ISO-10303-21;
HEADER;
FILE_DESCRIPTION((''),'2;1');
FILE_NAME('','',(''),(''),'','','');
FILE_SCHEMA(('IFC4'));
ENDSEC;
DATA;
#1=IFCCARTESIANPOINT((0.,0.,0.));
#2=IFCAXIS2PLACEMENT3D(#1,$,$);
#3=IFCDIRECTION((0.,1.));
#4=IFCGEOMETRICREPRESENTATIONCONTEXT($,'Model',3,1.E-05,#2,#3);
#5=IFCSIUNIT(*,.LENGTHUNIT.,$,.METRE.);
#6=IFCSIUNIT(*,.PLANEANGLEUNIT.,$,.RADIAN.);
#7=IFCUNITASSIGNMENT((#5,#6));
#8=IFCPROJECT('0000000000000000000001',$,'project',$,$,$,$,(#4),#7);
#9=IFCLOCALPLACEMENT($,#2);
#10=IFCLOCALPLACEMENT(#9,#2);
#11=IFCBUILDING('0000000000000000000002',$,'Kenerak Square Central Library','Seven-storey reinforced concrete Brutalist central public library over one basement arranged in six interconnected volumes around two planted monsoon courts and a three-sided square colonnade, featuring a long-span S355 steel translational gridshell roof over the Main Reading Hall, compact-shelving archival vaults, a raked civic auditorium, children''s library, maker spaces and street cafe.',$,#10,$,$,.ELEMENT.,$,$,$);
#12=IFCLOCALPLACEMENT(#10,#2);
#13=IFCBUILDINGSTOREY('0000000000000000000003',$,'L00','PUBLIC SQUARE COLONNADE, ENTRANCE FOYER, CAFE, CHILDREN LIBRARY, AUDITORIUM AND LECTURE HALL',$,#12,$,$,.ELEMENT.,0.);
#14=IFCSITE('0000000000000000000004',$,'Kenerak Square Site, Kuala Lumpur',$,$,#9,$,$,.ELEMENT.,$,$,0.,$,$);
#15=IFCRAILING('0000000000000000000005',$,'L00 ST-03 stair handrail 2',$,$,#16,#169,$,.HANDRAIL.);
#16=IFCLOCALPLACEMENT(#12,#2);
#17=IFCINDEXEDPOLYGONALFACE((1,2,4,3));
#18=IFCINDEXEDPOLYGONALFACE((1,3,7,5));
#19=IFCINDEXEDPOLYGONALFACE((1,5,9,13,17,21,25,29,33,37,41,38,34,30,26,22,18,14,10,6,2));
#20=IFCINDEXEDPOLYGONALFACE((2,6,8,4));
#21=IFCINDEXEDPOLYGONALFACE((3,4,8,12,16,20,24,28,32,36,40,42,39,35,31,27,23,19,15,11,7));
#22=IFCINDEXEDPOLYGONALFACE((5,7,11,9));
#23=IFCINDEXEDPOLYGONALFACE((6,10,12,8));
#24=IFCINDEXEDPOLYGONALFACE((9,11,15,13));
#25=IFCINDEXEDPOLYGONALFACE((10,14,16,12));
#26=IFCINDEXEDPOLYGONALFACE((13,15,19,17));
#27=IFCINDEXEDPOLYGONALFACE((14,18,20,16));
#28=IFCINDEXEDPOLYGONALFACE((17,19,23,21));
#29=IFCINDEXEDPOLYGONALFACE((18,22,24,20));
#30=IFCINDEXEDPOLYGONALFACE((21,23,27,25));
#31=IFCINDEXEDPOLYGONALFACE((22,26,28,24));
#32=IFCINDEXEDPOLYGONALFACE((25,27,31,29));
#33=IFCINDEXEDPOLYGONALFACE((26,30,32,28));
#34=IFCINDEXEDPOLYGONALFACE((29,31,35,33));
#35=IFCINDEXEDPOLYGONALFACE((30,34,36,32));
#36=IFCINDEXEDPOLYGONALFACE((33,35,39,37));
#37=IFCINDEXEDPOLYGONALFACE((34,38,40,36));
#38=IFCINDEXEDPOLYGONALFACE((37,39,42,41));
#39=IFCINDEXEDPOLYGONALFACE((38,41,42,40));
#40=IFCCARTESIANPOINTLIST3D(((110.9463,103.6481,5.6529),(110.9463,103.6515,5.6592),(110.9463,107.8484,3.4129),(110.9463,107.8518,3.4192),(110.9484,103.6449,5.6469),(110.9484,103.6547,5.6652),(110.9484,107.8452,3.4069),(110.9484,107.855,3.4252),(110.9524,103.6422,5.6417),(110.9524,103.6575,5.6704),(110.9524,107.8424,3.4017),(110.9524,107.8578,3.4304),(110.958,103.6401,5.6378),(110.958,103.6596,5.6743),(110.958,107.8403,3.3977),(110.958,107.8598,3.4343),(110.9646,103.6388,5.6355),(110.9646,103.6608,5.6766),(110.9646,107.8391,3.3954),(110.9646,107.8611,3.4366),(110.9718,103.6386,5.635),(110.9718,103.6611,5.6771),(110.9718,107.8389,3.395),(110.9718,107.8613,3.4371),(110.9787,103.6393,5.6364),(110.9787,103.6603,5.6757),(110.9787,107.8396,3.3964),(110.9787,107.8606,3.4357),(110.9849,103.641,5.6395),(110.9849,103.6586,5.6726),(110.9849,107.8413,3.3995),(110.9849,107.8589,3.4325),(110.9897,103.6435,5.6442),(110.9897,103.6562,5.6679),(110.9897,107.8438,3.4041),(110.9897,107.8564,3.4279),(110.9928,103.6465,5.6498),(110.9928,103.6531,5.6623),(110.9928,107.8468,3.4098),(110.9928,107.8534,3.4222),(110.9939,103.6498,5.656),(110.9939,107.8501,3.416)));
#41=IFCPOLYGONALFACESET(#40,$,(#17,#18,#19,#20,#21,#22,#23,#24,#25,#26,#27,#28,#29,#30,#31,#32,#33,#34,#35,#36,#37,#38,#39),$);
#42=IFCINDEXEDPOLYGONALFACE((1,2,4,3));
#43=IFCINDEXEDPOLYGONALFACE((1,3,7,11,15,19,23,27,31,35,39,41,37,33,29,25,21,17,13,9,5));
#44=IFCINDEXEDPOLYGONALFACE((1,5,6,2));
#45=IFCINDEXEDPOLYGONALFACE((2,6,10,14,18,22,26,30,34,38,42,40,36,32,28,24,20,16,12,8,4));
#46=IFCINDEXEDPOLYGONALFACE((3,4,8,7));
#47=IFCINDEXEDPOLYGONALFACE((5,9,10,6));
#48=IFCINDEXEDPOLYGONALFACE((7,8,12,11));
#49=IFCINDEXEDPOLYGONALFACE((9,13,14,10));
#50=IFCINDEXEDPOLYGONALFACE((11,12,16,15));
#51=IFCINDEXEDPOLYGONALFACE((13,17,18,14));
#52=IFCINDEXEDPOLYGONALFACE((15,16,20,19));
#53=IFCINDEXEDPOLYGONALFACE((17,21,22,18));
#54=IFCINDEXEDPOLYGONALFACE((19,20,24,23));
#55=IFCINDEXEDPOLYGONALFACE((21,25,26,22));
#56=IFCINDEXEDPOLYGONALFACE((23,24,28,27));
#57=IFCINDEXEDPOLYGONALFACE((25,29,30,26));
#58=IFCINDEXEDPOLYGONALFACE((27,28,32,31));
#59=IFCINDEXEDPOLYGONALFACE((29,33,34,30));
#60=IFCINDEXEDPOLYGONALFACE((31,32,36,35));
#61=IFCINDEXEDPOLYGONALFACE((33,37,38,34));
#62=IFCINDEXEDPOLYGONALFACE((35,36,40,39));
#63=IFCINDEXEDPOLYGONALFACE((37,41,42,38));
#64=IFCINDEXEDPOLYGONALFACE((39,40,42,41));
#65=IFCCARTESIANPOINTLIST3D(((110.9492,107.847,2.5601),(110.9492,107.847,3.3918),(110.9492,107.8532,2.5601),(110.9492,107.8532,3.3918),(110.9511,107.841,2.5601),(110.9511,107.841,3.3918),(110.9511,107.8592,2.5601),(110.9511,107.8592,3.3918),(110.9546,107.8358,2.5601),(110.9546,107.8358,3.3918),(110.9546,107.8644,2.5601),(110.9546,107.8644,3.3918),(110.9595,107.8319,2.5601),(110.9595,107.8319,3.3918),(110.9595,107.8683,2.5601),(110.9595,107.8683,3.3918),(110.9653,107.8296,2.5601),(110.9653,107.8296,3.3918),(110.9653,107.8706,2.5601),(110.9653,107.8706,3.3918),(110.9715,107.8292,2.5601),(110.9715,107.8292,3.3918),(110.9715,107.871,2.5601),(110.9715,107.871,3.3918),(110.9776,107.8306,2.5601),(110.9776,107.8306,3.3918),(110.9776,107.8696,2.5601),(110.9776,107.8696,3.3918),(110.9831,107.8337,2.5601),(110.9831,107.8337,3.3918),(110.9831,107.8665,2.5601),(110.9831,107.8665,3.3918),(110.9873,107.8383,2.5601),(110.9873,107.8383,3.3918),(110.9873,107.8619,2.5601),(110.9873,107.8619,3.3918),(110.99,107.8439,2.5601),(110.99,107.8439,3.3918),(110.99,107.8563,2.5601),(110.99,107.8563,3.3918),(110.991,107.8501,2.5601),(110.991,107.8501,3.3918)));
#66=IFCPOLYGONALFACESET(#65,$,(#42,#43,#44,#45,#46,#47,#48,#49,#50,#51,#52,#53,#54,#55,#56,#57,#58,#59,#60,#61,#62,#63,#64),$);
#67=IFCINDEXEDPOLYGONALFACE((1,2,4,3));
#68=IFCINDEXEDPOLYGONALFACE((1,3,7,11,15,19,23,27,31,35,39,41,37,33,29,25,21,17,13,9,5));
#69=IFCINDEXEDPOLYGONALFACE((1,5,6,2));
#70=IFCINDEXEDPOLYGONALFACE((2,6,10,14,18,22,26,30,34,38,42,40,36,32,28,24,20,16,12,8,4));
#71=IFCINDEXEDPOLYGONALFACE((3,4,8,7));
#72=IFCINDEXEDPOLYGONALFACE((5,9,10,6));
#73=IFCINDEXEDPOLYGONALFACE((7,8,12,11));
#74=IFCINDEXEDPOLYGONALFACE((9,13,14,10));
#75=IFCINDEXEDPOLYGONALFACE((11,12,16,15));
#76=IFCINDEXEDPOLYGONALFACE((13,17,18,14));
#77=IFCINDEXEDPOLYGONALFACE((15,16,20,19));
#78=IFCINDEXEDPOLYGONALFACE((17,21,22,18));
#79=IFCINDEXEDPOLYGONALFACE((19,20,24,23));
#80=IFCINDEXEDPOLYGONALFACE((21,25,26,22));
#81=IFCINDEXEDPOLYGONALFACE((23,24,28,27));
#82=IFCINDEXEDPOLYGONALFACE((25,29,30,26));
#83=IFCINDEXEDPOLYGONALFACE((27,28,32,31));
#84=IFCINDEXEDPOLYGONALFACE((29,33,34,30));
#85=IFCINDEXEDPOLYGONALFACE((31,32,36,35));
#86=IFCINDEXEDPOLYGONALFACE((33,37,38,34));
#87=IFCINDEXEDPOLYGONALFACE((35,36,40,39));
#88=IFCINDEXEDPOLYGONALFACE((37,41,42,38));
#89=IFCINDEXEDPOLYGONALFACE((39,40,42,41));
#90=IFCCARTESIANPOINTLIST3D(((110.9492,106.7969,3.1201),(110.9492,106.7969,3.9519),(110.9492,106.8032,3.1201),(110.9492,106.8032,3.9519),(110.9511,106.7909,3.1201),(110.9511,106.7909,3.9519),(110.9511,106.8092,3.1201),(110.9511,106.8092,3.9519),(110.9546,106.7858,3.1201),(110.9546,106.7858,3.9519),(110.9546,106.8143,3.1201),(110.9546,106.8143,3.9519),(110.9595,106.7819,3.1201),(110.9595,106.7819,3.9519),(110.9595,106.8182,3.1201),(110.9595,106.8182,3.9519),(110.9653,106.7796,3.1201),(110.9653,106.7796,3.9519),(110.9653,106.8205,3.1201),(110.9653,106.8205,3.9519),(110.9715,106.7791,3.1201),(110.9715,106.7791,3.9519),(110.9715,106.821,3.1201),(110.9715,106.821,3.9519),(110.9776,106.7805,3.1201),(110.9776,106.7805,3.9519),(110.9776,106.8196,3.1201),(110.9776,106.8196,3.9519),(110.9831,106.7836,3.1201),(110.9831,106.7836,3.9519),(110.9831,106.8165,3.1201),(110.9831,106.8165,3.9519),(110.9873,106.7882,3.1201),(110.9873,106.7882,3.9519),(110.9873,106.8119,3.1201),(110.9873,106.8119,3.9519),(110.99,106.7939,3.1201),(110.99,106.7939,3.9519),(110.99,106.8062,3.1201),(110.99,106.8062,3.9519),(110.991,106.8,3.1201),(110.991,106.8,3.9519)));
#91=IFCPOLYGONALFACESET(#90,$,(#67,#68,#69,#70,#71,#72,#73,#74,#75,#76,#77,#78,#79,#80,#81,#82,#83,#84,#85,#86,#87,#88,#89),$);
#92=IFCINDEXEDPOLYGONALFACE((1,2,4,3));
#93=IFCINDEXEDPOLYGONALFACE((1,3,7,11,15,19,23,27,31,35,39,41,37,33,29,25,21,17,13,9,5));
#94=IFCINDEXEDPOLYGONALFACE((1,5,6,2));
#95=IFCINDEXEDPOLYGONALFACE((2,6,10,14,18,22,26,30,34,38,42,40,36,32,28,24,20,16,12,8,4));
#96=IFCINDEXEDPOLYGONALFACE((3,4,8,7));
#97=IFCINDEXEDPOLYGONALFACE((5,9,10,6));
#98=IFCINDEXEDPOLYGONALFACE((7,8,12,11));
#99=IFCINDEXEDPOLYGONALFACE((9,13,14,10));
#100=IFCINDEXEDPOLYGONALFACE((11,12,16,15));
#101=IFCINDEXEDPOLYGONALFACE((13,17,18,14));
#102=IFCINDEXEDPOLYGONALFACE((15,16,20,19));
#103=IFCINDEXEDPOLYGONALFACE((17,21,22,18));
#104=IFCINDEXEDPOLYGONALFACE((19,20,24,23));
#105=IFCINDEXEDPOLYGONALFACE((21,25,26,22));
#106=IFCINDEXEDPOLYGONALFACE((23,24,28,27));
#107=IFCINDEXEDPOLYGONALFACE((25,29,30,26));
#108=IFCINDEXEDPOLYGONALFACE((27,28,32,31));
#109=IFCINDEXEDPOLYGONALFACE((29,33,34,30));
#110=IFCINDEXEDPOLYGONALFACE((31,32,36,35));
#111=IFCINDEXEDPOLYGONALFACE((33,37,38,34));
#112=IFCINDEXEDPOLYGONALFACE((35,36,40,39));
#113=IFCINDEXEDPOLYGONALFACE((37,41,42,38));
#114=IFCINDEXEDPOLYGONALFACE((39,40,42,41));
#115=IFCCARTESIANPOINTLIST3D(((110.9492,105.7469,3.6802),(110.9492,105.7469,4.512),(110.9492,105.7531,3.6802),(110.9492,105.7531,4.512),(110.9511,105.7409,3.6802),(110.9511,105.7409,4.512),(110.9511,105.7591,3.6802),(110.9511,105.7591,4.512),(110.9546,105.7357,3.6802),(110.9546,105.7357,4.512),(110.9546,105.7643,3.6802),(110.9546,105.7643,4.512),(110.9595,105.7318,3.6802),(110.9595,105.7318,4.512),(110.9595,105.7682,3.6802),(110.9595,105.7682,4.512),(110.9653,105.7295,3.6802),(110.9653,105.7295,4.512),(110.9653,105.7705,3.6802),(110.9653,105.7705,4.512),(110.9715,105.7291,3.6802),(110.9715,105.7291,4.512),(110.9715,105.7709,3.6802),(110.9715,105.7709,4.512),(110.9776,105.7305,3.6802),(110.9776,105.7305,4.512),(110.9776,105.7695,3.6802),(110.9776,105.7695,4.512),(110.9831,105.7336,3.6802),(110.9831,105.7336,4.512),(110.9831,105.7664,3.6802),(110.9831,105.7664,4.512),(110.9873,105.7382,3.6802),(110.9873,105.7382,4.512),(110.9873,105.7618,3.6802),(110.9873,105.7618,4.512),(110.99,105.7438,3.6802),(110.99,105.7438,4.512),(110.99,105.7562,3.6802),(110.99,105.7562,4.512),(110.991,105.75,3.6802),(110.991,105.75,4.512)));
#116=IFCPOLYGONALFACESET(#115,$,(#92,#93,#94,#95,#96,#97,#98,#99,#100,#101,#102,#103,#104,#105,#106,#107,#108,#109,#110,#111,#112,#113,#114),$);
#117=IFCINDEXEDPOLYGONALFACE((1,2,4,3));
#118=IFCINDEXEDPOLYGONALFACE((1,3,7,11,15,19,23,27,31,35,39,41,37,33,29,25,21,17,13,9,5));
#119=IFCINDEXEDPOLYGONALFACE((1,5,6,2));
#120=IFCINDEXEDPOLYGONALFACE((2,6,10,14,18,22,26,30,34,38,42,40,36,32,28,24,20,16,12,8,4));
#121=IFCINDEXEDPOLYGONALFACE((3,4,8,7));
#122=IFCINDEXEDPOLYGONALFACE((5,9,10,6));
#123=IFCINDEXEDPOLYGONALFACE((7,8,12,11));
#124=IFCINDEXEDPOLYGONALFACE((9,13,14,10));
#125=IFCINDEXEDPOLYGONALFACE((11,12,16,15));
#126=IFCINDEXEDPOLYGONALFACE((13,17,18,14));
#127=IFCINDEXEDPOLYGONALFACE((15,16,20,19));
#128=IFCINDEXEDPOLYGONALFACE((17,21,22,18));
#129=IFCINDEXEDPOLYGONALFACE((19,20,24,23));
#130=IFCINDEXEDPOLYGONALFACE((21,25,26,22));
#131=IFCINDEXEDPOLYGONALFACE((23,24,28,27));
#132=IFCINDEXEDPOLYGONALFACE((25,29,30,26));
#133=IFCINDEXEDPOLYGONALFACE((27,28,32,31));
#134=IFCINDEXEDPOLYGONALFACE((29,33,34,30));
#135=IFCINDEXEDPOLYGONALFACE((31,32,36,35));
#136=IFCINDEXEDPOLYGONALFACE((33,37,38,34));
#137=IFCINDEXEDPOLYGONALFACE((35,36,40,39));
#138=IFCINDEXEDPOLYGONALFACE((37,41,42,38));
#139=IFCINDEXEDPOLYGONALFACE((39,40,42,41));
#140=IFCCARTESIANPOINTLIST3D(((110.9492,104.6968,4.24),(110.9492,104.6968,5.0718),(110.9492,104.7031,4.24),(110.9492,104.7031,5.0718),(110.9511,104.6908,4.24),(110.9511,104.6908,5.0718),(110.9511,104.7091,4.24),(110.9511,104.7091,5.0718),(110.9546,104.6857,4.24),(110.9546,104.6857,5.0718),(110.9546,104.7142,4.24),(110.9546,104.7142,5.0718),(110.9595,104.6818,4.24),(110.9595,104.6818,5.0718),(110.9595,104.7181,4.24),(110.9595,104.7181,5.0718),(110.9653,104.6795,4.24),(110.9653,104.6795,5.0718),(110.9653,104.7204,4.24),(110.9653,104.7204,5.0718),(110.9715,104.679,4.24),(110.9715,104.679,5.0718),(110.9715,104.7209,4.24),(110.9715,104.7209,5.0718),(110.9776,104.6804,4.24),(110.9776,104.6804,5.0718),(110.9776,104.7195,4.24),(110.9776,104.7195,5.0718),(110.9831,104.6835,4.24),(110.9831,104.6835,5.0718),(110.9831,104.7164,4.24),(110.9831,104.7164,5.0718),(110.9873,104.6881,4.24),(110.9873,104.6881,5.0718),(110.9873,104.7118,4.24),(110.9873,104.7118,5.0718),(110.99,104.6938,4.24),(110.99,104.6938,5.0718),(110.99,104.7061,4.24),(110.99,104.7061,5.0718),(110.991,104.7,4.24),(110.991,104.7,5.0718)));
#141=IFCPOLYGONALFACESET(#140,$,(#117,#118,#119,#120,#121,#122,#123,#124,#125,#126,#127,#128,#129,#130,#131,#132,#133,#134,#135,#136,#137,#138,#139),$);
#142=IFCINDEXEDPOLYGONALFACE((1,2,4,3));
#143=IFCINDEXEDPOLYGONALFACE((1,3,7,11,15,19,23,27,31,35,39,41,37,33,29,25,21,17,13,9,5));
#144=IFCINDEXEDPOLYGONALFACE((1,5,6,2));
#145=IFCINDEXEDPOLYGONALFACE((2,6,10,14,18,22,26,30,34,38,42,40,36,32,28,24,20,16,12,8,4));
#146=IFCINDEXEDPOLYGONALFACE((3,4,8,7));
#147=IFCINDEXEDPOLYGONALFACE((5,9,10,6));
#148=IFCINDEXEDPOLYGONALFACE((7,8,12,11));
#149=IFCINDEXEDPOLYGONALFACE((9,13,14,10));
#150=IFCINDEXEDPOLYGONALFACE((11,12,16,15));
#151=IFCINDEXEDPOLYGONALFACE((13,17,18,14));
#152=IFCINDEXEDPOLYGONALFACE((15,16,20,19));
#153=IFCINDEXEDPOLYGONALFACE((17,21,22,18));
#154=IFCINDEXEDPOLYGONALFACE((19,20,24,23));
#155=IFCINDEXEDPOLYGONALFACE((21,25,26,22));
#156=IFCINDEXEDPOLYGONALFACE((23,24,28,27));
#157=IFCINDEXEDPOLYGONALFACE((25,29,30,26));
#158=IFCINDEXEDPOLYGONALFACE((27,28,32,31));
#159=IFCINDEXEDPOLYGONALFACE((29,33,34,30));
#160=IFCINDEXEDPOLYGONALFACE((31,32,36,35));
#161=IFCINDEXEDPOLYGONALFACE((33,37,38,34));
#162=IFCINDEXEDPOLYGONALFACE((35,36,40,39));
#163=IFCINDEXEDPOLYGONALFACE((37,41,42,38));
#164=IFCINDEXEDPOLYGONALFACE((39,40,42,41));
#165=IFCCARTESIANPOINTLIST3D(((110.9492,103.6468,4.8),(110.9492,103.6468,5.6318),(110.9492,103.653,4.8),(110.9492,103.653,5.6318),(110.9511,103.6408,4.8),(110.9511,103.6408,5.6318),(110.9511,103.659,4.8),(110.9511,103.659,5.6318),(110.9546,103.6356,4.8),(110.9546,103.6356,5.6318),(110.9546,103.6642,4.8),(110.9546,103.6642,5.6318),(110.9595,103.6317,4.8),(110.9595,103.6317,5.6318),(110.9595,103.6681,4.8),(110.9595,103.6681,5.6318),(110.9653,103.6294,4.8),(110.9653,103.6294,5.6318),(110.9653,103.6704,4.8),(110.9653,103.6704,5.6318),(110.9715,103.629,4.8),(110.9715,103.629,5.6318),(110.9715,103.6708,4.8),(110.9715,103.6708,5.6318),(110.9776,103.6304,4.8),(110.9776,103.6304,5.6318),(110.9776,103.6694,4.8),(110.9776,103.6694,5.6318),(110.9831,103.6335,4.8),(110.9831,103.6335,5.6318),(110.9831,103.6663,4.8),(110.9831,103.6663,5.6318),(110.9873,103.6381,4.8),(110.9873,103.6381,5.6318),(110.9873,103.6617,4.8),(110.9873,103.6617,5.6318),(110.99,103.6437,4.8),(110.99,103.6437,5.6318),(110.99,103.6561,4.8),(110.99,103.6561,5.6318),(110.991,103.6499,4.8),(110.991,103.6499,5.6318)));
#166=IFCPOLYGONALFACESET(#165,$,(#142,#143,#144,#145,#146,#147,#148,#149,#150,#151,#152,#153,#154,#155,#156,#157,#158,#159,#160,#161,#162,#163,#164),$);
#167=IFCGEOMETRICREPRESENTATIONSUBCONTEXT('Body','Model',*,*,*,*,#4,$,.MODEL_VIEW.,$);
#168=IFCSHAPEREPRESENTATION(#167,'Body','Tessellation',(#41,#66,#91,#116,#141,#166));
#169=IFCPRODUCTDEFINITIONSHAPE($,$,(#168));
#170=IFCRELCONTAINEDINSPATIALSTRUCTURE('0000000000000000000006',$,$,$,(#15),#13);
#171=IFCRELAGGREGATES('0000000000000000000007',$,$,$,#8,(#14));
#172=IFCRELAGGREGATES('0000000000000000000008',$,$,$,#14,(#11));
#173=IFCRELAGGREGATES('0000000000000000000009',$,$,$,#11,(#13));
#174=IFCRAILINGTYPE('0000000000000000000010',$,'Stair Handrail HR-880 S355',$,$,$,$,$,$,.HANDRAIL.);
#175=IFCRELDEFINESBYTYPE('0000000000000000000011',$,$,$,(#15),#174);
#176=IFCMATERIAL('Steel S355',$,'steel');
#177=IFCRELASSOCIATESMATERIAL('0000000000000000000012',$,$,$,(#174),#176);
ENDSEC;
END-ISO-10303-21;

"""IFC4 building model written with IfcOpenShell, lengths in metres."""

from ifc_helpers import new_model, si_unit, direction, frame, origin, origin_2d, place, context, subcontext, project, spatial, circle, extrude, material, type_object, element, save


model = new_model("IFC4")

# Units and contexts
model_context = context("Model", 3, precision=1e-05, world=origin(), true_north=direction((0.0, 1.0)))
body_context = subcontext(model_context, "Body", "Model", "MODEL_VIEW")
ifc_project = project(units=[si_unit("LENGTHUNIT", "METRE"), si_unit("PLANEANGLEUNIT", "RADIAN")], contexts=[model_context])

# Site, building, storey
site_placement = place(None, origin())
site = spatial("IfcSite", under=ifc_project, at=site_placement, Name="Kenerak Square Site, Kuala Lumpur", CompositionType="ELEMENT", RefElevation=0.0)
building_placement = place(site_placement, origin())
building = spatial("IfcBuilding", under=site, at=building_placement, Name="Kenerak Square Central Library", Description="Seven-storey reinforced concrete Brutalist central public library over one basement arranged in six interconnected volumes around two planted monsoon courts and a three-sided square colonnade, featuring a long-span S355 steel translational gridshell roof over the Main Reading Hall, compact-shelving archival vaults, a raked civic auditorium, children's library, maker spaces and street cafe.", CompositionType="ELEMENT")
storey_placement = place(building_placement, origin())
storey = spatial("IfcBuildingStorey", under=building, at=storey_placement, Name="L00", Description="PUBLIC SQUARE COLONNADE, ENTRANCE FOYER, CAFE, CHILDREN LIBRARY, AUDITORIUM AND LECTURE HALL", CompositionType="ELEMENT", Elevation=0.0)

# Railing
ifc_material_1 = material(Name="Steel S355", Category="steel")
railing_type_1 = type_object("IfcRailingType", Name="Stair Handrail HR-880 S355", PredefinedType="HANDRAIL", material=ifc_material_1)
railing_1_placement = place(storey_placement, frame((110.97, 107.8501, 2.5601)))
element("IfcRailing", 1, at=railing_1_placement, inside=storey, type_object=railing_type_1, Name="L00 ST-03 stair handrail 2", PredefinedType="HANDRAIL", context=body_context, shape_type="SweptSolid", body=[
    extrude(circle(Radius=0.0239, at=origin_2d()), frame((0.0, 0.0, 0.856), z_axis=(0.0, -0.882363, 0.47057), x_axis=(1.0, 0.0, 0.0)), (0.0, 0.0, 1.0), 4.7603),
    extrude(circle(Radius=0.021, at=origin_2d()), origin(), (0.0, 0.0, 1.0), 0.8318),
    extrude(circle(Radius=0.021, at=origin_2d()), frame((0.0, -1.05, 0.5601)), (0.0, 0.0, 1.0), 0.8318),
    extrude(circle(Radius=0.021, at=origin_2d()), frame((0.0, -2.1001, 1.1201)), (0.0, 0.0, 1.0), 0.8318),
    extrude(circle(Radius=0.021, at=origin_2d()), frame((0.0, -3.1501, 1.6799)), (0.0, 0.0, 1.0), 0.8318),
    extrude(circle(Radius=0.021, at=origin_2d()), frame((0.0, -4.2002, 2.24)), (0.0, 0.0, 1.0), 0.8318),
])

save(model, "model.ifc")
